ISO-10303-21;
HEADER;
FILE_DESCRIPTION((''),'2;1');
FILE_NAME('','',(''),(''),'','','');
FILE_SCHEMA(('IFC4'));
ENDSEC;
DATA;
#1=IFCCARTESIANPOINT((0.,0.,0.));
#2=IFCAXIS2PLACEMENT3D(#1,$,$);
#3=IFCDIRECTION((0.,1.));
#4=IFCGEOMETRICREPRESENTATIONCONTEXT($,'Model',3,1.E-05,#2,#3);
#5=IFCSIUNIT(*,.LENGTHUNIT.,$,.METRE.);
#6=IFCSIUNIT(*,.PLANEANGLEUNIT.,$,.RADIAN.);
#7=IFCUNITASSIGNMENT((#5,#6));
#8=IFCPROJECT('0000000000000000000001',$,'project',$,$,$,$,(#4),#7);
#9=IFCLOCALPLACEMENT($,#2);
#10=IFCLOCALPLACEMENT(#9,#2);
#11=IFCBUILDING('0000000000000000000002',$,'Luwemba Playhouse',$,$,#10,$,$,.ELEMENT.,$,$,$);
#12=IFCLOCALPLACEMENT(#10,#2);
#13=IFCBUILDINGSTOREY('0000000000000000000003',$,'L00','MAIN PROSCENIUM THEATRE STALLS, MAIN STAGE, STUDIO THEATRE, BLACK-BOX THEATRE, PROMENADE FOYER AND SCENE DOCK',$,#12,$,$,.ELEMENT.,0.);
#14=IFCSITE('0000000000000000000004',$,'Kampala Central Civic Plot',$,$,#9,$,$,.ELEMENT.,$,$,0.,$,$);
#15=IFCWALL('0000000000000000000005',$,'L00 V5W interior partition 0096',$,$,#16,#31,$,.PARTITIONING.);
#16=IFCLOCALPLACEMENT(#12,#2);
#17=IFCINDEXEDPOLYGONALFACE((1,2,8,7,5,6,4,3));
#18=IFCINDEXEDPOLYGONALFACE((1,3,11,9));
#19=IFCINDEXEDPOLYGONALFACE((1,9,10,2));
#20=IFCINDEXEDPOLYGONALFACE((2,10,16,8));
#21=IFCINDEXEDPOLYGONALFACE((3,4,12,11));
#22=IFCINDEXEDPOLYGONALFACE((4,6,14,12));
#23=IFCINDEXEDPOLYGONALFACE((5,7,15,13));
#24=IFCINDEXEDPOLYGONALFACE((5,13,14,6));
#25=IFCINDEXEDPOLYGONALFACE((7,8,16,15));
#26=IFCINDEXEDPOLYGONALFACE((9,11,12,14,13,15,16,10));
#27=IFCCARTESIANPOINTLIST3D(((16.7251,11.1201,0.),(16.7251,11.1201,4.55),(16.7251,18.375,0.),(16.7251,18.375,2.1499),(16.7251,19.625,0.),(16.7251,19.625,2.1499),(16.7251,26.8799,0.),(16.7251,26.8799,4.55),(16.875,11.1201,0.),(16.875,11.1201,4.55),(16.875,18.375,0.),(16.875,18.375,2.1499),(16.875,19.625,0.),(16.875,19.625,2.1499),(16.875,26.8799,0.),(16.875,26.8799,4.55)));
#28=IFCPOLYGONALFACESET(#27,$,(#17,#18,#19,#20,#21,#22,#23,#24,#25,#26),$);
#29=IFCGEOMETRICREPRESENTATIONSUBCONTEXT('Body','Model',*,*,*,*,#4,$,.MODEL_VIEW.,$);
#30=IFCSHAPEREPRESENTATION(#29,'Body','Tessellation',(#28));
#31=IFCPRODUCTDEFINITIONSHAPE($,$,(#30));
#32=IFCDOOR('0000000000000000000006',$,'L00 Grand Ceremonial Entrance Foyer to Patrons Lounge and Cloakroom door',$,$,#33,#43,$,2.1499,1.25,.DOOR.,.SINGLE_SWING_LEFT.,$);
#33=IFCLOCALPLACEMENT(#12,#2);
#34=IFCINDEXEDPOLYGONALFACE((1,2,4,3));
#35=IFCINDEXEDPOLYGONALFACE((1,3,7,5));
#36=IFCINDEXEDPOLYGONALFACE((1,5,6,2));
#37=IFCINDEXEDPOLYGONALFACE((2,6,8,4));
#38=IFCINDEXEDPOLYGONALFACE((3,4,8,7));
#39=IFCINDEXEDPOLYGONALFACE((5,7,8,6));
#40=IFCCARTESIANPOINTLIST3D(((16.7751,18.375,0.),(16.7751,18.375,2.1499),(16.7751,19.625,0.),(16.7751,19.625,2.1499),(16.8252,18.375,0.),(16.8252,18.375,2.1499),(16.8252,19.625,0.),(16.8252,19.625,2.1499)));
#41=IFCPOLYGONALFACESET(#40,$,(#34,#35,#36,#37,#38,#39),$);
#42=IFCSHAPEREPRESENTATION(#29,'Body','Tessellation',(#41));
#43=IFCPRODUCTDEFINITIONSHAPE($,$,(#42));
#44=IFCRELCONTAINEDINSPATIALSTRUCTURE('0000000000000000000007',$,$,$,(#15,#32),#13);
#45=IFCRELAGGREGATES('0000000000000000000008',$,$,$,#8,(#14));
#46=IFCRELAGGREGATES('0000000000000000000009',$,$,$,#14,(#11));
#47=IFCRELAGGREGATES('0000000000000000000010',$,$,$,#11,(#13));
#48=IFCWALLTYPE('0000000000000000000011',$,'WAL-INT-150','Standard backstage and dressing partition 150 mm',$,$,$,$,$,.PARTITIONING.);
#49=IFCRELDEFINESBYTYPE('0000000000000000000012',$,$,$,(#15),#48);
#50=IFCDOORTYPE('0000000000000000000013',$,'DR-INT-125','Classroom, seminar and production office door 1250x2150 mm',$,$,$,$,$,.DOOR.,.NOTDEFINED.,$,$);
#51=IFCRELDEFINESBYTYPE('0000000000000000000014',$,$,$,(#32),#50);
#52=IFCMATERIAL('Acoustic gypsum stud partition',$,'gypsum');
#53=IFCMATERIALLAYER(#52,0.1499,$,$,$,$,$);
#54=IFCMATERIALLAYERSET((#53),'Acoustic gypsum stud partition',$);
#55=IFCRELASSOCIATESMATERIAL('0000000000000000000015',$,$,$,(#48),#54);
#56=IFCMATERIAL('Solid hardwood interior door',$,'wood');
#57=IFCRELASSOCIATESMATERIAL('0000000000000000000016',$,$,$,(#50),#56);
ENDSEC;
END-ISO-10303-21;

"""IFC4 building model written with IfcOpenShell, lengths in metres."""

from ifc_helpers import new_model, si_unit, direction, frame, frame_2d, origin, place, context, subcontext, project, spatial, rectangle, extrude, material, layer, layer_set, type_object, element, fill, save


model = new_model("IFC4")

# Units and contexts
model_context = context("Model", 3, precision=1e-05, world=origin(), true_north=direction((0.0, 1.0)))
body_context = subcontext(model_context, "Body", "Model", "MODEL_VIEW")
ifc_project = project(units=[si_unit("LENGTHUNIT", "METRE"), si_unit("PLANEANGLEUNIT", "RADIAN")], contexts=[model_context])

# Site, building, storey
site_placement = place(None, origin())
site = spatial("IfcSite", under=ifc_project, at=site_placement, Name="Kampala Central Civic Plot", CompositionType="ELEMENT", RefElevation=0.0)
building_placement = place(site_placement, origin())
building = spatial("IfcBuilding", under=site, at=building_placement, Name="Luwemba Playhouse", CompositionType="ELEMENT")
storey_placement = place(building_placement, origin())
storey = spatial("IfcBuildingStorey", under=building, at=storey_placement, Name="L00", Description="MAIN PROSCENIUM THEATRE STALLS, MAIN STAGE, STUDIO THEATRE, BLACK-BOX THEATRE, PROMENADE FOYER AND SCENE DOCK", CompositionType="ELEMENT", Elevation=0.0)

# Wall, opening, door
ifc_material_1 = material(Name="Acoustic gypsum stud partition", Category="gypsum")
ifc_layer_1 = layer(ifc_material_1, 0.1499)
ifc_layer_set_1 = layer_set([ifc_layer_1], Name="Acoustic gypsum stud partition")
wall_type = type_object("IfcWallType", Name="WAL-INT-150", Description="Standard backstage and dressing partition 150 mm", PredefinedType="PARTITIONING", material=ifc_layer_set_1)
wall_placement = place(storey_placement, frame((16.8, 11.1201, 0.0), z_axis=(0.0, 0.0, 1.0), x_axis=(0.0, 1.0, 0.0)))
wall = element("IfcWall", 1, at=wall_placement, inside=storey, type_object=wall_type, Name="L00 V5W interior partition 0096", PredefinedType="PARTITIONING", context=body_context, shape_type="SweptSolid", body=[
    extrude(rectangle(XDim=15.7598, YDim=0.1499, at=frame_2d((7.8799, 0.0))), origin(), (0.0, 0.0, 1.0), 4.55),
])
opening_placement = place(wall_placement, frame((7.2549, 0.0, 0.0)))
opening = element("IfcOpeningElement", 2, at=opening_placement, cuts=wall, PredefinedType="OPENING", context=body_context, shape_type="SweptSolid", body=[
    extrude(rectangle(XDim=1.25, YDim=2.1499, at=frame_2d((0.625, 1.075))), frame((0.0, 0.085, 0.0), z_axis=(0.0, -1.0, 0.0), x_axis=(1.0, 0.0, 0.0)), (0.0, 0.0, 1.0), 0.1699),
])
ifc_material_2 = material(Name="Solid hardwood interior door", Category="wood")
door_type = type_object("IfcDoorType", Name="DR-INT-125", Description="Classroom, seminar and production office door 1250x2150 mm", OperationType="NOTDEFINED", PredefinedType="DOOR", material=ifc_material_2)
door_placement = place(opening_placement, origin())
door = element("IfcDoor", 3, at=door_placement, inside=storey, type_object=door_type, Name="L00 Grand Ceremonial Entrance Foyer to Patrons Lounge and Cloakroom door", OperationType="SINGLE_SWING_LEFT", OverallHeight=2.1499, OverallWidth=1.25, PredefinedType="DOOR", context=body_context, shape_type="SweptSolid", body=[
    extrude(rectangle(XDim=1.25, YDim=2.1499, at=frame_2d((0.625, 1.075))), frame((0.0, 0.0249, 0.0), z_axis=(0.0, -1.0, 0.0), x_axis=(1.0, 0.0, 0.0)), (0.0, 0.0, 1.0), 0.05),
])
fill(opening, door)

save(model, "model.ifc")
